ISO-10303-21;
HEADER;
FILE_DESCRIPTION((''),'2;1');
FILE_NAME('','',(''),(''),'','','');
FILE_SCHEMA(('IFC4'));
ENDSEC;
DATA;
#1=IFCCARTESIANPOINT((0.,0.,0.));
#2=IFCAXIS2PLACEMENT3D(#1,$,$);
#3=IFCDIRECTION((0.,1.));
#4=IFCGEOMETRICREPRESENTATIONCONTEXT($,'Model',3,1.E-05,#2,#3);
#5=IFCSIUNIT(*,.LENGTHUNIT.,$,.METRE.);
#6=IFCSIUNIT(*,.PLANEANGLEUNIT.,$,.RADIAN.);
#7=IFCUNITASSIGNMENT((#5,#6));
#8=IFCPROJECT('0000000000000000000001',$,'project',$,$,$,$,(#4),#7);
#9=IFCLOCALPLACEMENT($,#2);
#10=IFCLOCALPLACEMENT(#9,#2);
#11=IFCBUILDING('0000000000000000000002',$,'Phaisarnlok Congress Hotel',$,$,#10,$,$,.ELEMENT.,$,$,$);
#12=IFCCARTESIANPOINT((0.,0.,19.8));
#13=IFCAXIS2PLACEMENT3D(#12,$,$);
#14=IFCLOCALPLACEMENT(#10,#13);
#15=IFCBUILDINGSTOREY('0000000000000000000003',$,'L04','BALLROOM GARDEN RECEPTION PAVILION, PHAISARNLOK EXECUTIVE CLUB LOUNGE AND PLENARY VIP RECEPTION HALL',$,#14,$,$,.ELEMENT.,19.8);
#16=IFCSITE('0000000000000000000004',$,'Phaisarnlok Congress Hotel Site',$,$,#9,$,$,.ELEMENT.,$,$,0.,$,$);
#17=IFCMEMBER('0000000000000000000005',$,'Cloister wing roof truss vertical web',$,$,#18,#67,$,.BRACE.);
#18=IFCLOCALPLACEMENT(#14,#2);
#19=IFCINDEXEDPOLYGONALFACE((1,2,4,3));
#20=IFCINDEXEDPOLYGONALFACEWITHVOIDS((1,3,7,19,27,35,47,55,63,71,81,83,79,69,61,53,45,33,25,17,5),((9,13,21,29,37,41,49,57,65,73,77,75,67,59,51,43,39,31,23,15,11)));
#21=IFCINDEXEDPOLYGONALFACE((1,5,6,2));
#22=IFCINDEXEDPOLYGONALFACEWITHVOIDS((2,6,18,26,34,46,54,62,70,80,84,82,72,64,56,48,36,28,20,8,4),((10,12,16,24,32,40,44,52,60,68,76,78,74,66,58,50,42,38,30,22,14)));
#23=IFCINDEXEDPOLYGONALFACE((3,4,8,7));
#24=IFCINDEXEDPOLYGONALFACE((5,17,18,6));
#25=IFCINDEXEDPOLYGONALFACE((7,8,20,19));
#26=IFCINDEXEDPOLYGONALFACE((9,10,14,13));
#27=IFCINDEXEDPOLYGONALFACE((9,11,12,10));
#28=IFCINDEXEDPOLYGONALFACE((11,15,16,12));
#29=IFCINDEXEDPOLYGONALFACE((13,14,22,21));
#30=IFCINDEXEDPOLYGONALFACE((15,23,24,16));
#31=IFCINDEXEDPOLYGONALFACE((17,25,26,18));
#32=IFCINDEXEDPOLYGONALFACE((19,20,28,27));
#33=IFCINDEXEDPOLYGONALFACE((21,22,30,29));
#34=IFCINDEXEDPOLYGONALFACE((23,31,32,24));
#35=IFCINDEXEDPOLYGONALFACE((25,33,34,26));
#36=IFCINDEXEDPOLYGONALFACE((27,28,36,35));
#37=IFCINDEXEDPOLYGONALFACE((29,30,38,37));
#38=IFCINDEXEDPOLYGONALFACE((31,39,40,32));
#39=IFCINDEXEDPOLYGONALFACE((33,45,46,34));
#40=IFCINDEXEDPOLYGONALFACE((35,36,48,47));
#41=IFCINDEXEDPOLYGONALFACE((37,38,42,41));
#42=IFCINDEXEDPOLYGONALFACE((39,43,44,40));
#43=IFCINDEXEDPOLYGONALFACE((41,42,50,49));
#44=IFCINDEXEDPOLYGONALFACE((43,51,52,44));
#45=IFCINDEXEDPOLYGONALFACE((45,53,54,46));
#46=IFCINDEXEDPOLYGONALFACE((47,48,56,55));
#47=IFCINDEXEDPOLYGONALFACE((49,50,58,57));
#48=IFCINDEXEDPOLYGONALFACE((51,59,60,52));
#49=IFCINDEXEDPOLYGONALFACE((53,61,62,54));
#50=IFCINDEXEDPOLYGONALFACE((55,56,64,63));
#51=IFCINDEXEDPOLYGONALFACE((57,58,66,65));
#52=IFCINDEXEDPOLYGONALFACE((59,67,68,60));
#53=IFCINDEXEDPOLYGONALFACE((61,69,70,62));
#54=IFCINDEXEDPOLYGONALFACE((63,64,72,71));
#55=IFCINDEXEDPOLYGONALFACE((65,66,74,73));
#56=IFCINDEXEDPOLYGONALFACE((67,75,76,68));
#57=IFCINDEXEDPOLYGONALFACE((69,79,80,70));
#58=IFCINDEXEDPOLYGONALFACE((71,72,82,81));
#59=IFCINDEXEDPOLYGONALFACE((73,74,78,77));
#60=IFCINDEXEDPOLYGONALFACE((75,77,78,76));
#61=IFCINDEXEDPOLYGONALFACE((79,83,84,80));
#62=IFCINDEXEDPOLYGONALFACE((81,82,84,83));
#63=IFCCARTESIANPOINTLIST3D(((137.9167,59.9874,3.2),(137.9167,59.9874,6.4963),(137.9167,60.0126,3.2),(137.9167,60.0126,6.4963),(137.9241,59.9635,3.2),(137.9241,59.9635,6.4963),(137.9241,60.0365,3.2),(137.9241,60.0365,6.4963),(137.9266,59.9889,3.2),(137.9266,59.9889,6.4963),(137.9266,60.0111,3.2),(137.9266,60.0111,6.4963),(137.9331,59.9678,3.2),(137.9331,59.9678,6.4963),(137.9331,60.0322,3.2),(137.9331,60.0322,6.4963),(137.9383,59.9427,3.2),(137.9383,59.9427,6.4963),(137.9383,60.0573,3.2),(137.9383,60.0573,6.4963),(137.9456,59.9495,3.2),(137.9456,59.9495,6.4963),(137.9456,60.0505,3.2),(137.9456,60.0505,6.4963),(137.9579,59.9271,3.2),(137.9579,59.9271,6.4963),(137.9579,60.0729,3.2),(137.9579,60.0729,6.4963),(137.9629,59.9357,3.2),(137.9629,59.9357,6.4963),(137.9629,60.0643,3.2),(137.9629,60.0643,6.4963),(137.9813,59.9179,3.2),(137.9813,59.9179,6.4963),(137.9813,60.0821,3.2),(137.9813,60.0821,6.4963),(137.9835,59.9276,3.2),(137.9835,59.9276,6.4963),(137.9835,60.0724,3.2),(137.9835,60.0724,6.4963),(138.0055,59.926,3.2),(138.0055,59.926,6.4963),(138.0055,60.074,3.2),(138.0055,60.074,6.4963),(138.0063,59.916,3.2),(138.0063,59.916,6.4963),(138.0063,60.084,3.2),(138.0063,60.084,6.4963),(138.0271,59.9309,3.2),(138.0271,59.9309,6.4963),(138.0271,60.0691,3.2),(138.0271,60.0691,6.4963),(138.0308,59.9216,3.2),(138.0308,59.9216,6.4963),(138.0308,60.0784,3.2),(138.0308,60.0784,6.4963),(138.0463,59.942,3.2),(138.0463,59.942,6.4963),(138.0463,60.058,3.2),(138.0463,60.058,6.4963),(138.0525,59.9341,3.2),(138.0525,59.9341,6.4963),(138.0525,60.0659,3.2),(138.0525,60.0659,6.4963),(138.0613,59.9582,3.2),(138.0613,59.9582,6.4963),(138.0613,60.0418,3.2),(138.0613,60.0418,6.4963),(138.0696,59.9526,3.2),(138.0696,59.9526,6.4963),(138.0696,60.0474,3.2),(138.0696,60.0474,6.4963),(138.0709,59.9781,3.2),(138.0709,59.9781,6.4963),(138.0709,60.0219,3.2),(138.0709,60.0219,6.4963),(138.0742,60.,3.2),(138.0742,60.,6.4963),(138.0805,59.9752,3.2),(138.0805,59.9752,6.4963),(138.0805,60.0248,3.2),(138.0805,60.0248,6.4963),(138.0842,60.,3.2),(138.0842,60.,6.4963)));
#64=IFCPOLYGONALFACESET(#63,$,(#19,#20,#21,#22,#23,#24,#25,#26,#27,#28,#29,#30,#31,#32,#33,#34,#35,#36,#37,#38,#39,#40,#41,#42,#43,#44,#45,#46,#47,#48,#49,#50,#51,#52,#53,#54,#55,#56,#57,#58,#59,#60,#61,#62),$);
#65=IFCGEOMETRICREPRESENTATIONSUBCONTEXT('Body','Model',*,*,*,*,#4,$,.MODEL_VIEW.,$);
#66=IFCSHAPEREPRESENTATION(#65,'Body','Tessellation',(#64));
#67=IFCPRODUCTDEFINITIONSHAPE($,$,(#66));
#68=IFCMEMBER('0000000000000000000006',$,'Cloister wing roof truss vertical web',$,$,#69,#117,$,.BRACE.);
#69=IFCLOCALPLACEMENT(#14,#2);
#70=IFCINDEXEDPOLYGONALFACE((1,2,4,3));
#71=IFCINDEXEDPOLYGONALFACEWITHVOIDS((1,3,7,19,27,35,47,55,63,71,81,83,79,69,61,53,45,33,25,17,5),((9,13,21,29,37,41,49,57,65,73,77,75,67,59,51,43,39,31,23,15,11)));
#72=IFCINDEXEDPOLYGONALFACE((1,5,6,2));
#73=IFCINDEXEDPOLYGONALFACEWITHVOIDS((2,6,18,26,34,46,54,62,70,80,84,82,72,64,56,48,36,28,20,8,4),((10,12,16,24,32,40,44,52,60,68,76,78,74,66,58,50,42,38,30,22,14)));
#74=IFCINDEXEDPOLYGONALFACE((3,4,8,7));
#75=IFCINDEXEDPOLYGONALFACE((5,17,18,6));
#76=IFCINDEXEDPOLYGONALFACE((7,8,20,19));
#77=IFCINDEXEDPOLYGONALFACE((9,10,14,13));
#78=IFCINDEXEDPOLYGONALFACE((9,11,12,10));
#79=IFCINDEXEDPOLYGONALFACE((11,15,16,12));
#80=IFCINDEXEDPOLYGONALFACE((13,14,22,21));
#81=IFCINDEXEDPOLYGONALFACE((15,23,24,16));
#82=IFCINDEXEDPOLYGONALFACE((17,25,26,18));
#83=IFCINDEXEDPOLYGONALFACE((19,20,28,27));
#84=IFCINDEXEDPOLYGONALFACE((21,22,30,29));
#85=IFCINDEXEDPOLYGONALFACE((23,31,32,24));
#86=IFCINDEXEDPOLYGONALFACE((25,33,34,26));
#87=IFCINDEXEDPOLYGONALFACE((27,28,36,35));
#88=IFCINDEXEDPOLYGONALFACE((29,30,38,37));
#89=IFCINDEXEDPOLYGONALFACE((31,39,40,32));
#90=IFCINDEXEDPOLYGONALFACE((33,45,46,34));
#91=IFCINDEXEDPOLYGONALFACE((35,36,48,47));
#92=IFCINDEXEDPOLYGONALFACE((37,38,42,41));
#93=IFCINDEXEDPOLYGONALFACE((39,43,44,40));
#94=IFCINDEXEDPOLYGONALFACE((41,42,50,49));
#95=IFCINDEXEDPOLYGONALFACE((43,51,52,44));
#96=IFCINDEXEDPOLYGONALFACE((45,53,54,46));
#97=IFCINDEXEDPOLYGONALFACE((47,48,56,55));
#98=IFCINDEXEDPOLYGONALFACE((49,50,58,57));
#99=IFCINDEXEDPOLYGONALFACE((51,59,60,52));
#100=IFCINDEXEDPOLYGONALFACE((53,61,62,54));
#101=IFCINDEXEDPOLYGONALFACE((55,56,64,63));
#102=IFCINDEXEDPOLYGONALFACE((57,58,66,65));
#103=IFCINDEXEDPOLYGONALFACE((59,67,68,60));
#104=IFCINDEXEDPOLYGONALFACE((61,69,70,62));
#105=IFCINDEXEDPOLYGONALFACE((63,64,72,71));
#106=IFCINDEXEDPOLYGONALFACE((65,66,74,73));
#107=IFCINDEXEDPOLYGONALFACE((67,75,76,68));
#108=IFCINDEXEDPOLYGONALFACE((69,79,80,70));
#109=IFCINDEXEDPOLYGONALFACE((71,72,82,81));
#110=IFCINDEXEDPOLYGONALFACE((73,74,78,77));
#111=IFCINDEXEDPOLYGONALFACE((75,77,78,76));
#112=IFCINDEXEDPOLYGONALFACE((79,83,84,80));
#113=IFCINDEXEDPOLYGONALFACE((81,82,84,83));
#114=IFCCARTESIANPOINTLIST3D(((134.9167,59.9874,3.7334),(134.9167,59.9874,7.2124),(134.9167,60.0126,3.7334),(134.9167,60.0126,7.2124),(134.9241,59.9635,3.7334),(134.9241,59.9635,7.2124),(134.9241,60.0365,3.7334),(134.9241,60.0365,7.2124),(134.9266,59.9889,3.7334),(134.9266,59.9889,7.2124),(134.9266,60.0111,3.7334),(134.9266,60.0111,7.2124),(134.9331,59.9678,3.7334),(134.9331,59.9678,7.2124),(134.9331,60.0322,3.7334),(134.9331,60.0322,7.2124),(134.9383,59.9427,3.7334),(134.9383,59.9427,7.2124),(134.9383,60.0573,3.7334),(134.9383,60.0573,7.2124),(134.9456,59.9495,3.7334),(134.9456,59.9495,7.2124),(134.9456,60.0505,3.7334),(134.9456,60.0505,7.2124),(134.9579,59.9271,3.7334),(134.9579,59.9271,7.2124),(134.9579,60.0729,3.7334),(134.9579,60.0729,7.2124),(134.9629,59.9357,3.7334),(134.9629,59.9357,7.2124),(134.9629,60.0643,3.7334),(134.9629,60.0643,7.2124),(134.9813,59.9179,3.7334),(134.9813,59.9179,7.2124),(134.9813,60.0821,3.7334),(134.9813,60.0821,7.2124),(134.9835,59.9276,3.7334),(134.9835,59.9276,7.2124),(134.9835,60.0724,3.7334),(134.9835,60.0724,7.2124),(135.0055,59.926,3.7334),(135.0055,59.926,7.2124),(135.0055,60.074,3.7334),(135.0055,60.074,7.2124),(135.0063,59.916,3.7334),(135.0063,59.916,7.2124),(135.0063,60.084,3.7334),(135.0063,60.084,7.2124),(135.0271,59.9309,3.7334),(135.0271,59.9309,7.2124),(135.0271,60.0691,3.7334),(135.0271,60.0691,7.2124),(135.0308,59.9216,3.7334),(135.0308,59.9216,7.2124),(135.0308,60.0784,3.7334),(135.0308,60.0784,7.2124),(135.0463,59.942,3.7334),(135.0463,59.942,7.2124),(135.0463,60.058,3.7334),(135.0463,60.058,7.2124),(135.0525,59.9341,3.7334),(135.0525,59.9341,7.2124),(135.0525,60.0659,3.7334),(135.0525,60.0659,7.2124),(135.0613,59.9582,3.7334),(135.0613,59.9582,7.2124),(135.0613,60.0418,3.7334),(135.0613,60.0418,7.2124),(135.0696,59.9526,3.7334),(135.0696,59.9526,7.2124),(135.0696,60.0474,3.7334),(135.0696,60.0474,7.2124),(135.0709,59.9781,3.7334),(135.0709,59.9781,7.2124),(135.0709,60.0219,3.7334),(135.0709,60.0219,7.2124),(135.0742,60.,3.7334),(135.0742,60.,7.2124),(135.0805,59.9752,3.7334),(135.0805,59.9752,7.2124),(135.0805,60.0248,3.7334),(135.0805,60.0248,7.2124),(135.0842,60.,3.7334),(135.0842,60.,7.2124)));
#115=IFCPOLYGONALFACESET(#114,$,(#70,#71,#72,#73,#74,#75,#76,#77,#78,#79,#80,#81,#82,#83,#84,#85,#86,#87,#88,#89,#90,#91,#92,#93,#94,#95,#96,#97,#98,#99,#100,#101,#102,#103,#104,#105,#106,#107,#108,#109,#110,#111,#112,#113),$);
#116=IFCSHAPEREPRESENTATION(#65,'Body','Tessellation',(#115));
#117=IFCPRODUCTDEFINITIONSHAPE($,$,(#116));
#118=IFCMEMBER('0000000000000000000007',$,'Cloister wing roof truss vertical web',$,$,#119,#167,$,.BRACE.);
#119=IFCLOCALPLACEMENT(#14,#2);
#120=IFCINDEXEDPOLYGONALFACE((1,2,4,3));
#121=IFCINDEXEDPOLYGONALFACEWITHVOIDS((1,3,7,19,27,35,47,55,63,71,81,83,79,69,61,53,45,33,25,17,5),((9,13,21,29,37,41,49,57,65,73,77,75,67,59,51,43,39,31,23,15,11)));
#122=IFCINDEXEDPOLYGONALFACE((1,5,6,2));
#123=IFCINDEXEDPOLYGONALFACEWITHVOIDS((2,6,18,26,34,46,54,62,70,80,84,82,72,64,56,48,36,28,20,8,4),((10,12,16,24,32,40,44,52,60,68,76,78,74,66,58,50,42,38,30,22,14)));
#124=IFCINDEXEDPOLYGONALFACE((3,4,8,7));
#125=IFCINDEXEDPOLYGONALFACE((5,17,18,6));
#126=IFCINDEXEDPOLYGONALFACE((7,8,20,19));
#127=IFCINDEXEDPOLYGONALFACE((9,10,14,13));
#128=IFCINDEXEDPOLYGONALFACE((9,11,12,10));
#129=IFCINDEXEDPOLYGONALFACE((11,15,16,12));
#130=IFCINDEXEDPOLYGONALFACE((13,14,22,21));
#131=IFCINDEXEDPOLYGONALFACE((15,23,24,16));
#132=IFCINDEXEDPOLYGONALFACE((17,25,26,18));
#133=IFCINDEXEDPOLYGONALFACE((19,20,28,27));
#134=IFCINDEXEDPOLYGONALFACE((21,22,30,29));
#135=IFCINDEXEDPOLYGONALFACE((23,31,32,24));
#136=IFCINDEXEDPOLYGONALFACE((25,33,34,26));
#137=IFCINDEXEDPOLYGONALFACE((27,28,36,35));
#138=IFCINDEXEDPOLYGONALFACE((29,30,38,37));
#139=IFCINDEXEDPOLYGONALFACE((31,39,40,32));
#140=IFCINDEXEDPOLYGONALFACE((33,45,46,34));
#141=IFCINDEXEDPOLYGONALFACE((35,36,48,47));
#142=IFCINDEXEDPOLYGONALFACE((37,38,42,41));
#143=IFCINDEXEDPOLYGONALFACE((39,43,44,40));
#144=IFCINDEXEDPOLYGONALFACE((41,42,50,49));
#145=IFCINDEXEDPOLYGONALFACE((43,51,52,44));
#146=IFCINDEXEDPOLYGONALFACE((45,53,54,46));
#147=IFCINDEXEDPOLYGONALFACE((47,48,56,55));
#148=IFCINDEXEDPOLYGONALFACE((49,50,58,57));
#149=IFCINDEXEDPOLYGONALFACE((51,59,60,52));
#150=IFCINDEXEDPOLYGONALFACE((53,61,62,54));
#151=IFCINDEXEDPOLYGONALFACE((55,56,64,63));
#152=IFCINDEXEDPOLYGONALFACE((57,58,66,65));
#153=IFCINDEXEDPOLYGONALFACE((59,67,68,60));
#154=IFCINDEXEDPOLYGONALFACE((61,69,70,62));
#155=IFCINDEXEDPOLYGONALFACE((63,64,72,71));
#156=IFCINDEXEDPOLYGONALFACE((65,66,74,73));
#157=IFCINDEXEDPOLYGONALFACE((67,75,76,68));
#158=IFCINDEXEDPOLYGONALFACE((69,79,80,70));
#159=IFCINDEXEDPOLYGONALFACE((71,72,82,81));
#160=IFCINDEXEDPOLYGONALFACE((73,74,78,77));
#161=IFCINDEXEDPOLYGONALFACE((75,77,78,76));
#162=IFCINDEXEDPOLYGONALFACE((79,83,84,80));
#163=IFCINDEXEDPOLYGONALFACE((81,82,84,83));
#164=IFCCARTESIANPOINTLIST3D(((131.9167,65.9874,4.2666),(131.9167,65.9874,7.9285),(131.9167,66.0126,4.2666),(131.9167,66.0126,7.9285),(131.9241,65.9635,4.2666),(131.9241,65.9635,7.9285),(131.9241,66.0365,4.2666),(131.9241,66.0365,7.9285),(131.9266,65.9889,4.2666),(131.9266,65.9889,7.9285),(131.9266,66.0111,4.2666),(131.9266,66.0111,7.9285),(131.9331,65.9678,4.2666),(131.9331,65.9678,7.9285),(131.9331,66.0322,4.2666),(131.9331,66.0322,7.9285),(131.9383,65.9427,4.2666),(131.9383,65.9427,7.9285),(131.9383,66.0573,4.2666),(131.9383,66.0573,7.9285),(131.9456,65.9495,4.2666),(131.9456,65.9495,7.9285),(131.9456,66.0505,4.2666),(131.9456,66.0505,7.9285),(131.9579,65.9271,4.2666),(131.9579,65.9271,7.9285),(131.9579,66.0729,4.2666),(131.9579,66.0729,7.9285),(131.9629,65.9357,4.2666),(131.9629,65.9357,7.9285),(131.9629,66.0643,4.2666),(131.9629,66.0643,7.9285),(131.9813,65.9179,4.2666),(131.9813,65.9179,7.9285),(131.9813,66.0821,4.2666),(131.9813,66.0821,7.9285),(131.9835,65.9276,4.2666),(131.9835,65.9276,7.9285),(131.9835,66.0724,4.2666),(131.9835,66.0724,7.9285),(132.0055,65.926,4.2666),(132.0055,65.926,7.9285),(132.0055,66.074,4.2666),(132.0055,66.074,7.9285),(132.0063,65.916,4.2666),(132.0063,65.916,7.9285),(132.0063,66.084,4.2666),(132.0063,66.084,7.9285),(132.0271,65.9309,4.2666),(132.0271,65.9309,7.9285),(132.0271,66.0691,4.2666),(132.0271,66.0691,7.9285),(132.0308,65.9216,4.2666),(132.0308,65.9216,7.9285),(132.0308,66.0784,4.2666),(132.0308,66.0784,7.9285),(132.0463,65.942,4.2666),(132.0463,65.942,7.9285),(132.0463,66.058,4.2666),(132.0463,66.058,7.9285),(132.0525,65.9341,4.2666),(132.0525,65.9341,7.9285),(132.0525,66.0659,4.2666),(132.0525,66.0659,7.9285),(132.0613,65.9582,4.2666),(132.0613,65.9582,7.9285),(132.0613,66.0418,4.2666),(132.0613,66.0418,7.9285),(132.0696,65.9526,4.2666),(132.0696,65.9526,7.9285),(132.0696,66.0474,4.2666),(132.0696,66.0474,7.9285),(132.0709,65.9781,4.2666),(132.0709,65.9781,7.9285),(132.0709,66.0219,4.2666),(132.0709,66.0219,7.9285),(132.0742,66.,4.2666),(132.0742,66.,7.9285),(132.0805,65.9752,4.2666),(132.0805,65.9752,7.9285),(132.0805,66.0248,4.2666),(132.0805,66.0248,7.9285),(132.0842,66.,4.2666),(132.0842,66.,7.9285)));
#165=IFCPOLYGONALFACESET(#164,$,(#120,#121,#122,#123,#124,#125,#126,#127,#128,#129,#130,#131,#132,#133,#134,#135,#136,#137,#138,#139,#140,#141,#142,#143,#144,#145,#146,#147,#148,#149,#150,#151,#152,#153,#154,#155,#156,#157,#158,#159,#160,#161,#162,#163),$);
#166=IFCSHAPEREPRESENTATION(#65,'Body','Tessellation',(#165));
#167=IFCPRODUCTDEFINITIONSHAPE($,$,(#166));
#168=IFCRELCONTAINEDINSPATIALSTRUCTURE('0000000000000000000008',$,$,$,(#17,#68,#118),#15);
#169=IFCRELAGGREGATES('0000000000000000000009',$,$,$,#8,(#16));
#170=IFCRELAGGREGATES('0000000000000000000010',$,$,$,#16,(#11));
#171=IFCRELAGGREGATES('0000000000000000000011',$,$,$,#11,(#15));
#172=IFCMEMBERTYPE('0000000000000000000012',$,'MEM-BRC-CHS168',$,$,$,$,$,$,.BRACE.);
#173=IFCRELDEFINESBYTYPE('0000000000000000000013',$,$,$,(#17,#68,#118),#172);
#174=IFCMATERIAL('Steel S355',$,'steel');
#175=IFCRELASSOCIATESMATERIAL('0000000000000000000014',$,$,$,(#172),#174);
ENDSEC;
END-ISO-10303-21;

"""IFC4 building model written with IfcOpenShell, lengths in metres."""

from ifc_helpers import new_model, si_unit, direction, frame, origin, origin_2d, place, context, subcontext, project, spatial, hollow_circle, extrude, material, material_profile, profile_set, type_object, element, save


model = new_model("IFC4")

# Units and contexts
model_context = context("Model", 3, precision=1e-05, world=origin(), true_north=direction((0.0, 1.0)))
body_context = subcontext(model_context, "Body", "Model", "MODEL_VIEW")
ifc_project = project(units=[si_unit("LENGTHUNIT", "METRE"), si_unit("PLANEANGLEUNIT", "RADIAN")], contexts=[model_context])

# Site, building, storey
site_placement = place(None, origin())
site = spatial("IfcSite", under=ifc_project, at=site_placement, Name="Phaisarnlok Congress Hotel Site", CompositionType="ELEMENT", RefElevation=0.0)
building_placement = place(site_placement, origin())
building = spatial("IfcBuilding", under=site, at=building_placement, Name="Phaisarnlok Congress Hotel", CompositionType="ELEMENT")
storey_placement = place(building_placement, frame((0.0, 0.0, 19.8)))
storey = spatial("IfcBuildingStorey", under=building, at=storey_placement, Name="L04", Description="BALLROOM GARDEN RECEPTION PAVILION, PHAISARNLOK EXECUTIVE CLUB LOUNGE AND PLENARY VIP RECEPTION HALL", CompositionType="ELEMENT", Elevation=19.8)

# Shared definitions
ifc_material_1 = material(Name="Steel S355", Category="steel")

# Members
ifc_material_profile_1 = material_profile(ifc_material_1, hollow_circle(Radius=0.0842, WallThickness=0.01, at=origin_2d()), Name="CHS 168.3x10")
ifc_profile_set_1 = profile_set([ifc_material_profile_1], Name="Steel S355")
member_type_1 = type_object("IfcMemberType", Name="MEM-BRC-CHS168", PredefinedType="BRACE", material=ifc_profile_set_1)
member_1_placement = place(storey_placement, frame((138.0, 60.0, 3.2), z_axis=(0.0, 0.0, 1.0), x_axis=(1.0, 0.0, 0.0)))
element("IfcMember", 1, at=member_1_placement, inside=storey, type_object=member_type_1, Name="Cloister wing roof truss vertical web", PredefinedType="BRACE", context=body_context, shape_type="SweptSolid", body=[
    extrude(hollow_circle(Radius=0.0842, WallThickness=0.01, at=origin_2d()), origin(), (0.0, 0.0, 1.0), 3.2964),
])
member_2_placement = place(storey_placement, frame((135.0, 60.0, 3.7334), z_axis=(0.0, 0.0, 1.0), x_axis=(1.0, 0.0, 0.0)))
element("IfcMember", 2, at=member_2_placement, inside=storey, type_object=member_type_1, Name="Cloister wing roof truss vertical web", PredefinedType="BRACE", context=body_context, shape_type="SweptSolid", body=[
    extrude(hollow_circle(Radius=0.0842, WallThickness=0.01, at=origin_2d()), origin(), (0.0, 0.0, 1.0), 3.479),
])
member_3_placement = place(storey_placement, frame((132.0, 66.0, 4.2666), z_axis=(0.0, 0.0, 1.0), x_axis=(1.0, 0.0, 0.0)))
element("IfcMember", 3, at=member_3_placement, inside=storey, type_object=member_type_1, Name="Cloister wing roof truss vertical web", PredefinedType="BRACE", context=body_context, shape_type="SweptSolid", body=[
    extrude(hollow_circle(Radius=0.0842, WallThickness=0.01, at=origin_2d()), origin(), (0.0, 0.0, 1.0), 3.6619),
])

save(model, "model.ifc")
